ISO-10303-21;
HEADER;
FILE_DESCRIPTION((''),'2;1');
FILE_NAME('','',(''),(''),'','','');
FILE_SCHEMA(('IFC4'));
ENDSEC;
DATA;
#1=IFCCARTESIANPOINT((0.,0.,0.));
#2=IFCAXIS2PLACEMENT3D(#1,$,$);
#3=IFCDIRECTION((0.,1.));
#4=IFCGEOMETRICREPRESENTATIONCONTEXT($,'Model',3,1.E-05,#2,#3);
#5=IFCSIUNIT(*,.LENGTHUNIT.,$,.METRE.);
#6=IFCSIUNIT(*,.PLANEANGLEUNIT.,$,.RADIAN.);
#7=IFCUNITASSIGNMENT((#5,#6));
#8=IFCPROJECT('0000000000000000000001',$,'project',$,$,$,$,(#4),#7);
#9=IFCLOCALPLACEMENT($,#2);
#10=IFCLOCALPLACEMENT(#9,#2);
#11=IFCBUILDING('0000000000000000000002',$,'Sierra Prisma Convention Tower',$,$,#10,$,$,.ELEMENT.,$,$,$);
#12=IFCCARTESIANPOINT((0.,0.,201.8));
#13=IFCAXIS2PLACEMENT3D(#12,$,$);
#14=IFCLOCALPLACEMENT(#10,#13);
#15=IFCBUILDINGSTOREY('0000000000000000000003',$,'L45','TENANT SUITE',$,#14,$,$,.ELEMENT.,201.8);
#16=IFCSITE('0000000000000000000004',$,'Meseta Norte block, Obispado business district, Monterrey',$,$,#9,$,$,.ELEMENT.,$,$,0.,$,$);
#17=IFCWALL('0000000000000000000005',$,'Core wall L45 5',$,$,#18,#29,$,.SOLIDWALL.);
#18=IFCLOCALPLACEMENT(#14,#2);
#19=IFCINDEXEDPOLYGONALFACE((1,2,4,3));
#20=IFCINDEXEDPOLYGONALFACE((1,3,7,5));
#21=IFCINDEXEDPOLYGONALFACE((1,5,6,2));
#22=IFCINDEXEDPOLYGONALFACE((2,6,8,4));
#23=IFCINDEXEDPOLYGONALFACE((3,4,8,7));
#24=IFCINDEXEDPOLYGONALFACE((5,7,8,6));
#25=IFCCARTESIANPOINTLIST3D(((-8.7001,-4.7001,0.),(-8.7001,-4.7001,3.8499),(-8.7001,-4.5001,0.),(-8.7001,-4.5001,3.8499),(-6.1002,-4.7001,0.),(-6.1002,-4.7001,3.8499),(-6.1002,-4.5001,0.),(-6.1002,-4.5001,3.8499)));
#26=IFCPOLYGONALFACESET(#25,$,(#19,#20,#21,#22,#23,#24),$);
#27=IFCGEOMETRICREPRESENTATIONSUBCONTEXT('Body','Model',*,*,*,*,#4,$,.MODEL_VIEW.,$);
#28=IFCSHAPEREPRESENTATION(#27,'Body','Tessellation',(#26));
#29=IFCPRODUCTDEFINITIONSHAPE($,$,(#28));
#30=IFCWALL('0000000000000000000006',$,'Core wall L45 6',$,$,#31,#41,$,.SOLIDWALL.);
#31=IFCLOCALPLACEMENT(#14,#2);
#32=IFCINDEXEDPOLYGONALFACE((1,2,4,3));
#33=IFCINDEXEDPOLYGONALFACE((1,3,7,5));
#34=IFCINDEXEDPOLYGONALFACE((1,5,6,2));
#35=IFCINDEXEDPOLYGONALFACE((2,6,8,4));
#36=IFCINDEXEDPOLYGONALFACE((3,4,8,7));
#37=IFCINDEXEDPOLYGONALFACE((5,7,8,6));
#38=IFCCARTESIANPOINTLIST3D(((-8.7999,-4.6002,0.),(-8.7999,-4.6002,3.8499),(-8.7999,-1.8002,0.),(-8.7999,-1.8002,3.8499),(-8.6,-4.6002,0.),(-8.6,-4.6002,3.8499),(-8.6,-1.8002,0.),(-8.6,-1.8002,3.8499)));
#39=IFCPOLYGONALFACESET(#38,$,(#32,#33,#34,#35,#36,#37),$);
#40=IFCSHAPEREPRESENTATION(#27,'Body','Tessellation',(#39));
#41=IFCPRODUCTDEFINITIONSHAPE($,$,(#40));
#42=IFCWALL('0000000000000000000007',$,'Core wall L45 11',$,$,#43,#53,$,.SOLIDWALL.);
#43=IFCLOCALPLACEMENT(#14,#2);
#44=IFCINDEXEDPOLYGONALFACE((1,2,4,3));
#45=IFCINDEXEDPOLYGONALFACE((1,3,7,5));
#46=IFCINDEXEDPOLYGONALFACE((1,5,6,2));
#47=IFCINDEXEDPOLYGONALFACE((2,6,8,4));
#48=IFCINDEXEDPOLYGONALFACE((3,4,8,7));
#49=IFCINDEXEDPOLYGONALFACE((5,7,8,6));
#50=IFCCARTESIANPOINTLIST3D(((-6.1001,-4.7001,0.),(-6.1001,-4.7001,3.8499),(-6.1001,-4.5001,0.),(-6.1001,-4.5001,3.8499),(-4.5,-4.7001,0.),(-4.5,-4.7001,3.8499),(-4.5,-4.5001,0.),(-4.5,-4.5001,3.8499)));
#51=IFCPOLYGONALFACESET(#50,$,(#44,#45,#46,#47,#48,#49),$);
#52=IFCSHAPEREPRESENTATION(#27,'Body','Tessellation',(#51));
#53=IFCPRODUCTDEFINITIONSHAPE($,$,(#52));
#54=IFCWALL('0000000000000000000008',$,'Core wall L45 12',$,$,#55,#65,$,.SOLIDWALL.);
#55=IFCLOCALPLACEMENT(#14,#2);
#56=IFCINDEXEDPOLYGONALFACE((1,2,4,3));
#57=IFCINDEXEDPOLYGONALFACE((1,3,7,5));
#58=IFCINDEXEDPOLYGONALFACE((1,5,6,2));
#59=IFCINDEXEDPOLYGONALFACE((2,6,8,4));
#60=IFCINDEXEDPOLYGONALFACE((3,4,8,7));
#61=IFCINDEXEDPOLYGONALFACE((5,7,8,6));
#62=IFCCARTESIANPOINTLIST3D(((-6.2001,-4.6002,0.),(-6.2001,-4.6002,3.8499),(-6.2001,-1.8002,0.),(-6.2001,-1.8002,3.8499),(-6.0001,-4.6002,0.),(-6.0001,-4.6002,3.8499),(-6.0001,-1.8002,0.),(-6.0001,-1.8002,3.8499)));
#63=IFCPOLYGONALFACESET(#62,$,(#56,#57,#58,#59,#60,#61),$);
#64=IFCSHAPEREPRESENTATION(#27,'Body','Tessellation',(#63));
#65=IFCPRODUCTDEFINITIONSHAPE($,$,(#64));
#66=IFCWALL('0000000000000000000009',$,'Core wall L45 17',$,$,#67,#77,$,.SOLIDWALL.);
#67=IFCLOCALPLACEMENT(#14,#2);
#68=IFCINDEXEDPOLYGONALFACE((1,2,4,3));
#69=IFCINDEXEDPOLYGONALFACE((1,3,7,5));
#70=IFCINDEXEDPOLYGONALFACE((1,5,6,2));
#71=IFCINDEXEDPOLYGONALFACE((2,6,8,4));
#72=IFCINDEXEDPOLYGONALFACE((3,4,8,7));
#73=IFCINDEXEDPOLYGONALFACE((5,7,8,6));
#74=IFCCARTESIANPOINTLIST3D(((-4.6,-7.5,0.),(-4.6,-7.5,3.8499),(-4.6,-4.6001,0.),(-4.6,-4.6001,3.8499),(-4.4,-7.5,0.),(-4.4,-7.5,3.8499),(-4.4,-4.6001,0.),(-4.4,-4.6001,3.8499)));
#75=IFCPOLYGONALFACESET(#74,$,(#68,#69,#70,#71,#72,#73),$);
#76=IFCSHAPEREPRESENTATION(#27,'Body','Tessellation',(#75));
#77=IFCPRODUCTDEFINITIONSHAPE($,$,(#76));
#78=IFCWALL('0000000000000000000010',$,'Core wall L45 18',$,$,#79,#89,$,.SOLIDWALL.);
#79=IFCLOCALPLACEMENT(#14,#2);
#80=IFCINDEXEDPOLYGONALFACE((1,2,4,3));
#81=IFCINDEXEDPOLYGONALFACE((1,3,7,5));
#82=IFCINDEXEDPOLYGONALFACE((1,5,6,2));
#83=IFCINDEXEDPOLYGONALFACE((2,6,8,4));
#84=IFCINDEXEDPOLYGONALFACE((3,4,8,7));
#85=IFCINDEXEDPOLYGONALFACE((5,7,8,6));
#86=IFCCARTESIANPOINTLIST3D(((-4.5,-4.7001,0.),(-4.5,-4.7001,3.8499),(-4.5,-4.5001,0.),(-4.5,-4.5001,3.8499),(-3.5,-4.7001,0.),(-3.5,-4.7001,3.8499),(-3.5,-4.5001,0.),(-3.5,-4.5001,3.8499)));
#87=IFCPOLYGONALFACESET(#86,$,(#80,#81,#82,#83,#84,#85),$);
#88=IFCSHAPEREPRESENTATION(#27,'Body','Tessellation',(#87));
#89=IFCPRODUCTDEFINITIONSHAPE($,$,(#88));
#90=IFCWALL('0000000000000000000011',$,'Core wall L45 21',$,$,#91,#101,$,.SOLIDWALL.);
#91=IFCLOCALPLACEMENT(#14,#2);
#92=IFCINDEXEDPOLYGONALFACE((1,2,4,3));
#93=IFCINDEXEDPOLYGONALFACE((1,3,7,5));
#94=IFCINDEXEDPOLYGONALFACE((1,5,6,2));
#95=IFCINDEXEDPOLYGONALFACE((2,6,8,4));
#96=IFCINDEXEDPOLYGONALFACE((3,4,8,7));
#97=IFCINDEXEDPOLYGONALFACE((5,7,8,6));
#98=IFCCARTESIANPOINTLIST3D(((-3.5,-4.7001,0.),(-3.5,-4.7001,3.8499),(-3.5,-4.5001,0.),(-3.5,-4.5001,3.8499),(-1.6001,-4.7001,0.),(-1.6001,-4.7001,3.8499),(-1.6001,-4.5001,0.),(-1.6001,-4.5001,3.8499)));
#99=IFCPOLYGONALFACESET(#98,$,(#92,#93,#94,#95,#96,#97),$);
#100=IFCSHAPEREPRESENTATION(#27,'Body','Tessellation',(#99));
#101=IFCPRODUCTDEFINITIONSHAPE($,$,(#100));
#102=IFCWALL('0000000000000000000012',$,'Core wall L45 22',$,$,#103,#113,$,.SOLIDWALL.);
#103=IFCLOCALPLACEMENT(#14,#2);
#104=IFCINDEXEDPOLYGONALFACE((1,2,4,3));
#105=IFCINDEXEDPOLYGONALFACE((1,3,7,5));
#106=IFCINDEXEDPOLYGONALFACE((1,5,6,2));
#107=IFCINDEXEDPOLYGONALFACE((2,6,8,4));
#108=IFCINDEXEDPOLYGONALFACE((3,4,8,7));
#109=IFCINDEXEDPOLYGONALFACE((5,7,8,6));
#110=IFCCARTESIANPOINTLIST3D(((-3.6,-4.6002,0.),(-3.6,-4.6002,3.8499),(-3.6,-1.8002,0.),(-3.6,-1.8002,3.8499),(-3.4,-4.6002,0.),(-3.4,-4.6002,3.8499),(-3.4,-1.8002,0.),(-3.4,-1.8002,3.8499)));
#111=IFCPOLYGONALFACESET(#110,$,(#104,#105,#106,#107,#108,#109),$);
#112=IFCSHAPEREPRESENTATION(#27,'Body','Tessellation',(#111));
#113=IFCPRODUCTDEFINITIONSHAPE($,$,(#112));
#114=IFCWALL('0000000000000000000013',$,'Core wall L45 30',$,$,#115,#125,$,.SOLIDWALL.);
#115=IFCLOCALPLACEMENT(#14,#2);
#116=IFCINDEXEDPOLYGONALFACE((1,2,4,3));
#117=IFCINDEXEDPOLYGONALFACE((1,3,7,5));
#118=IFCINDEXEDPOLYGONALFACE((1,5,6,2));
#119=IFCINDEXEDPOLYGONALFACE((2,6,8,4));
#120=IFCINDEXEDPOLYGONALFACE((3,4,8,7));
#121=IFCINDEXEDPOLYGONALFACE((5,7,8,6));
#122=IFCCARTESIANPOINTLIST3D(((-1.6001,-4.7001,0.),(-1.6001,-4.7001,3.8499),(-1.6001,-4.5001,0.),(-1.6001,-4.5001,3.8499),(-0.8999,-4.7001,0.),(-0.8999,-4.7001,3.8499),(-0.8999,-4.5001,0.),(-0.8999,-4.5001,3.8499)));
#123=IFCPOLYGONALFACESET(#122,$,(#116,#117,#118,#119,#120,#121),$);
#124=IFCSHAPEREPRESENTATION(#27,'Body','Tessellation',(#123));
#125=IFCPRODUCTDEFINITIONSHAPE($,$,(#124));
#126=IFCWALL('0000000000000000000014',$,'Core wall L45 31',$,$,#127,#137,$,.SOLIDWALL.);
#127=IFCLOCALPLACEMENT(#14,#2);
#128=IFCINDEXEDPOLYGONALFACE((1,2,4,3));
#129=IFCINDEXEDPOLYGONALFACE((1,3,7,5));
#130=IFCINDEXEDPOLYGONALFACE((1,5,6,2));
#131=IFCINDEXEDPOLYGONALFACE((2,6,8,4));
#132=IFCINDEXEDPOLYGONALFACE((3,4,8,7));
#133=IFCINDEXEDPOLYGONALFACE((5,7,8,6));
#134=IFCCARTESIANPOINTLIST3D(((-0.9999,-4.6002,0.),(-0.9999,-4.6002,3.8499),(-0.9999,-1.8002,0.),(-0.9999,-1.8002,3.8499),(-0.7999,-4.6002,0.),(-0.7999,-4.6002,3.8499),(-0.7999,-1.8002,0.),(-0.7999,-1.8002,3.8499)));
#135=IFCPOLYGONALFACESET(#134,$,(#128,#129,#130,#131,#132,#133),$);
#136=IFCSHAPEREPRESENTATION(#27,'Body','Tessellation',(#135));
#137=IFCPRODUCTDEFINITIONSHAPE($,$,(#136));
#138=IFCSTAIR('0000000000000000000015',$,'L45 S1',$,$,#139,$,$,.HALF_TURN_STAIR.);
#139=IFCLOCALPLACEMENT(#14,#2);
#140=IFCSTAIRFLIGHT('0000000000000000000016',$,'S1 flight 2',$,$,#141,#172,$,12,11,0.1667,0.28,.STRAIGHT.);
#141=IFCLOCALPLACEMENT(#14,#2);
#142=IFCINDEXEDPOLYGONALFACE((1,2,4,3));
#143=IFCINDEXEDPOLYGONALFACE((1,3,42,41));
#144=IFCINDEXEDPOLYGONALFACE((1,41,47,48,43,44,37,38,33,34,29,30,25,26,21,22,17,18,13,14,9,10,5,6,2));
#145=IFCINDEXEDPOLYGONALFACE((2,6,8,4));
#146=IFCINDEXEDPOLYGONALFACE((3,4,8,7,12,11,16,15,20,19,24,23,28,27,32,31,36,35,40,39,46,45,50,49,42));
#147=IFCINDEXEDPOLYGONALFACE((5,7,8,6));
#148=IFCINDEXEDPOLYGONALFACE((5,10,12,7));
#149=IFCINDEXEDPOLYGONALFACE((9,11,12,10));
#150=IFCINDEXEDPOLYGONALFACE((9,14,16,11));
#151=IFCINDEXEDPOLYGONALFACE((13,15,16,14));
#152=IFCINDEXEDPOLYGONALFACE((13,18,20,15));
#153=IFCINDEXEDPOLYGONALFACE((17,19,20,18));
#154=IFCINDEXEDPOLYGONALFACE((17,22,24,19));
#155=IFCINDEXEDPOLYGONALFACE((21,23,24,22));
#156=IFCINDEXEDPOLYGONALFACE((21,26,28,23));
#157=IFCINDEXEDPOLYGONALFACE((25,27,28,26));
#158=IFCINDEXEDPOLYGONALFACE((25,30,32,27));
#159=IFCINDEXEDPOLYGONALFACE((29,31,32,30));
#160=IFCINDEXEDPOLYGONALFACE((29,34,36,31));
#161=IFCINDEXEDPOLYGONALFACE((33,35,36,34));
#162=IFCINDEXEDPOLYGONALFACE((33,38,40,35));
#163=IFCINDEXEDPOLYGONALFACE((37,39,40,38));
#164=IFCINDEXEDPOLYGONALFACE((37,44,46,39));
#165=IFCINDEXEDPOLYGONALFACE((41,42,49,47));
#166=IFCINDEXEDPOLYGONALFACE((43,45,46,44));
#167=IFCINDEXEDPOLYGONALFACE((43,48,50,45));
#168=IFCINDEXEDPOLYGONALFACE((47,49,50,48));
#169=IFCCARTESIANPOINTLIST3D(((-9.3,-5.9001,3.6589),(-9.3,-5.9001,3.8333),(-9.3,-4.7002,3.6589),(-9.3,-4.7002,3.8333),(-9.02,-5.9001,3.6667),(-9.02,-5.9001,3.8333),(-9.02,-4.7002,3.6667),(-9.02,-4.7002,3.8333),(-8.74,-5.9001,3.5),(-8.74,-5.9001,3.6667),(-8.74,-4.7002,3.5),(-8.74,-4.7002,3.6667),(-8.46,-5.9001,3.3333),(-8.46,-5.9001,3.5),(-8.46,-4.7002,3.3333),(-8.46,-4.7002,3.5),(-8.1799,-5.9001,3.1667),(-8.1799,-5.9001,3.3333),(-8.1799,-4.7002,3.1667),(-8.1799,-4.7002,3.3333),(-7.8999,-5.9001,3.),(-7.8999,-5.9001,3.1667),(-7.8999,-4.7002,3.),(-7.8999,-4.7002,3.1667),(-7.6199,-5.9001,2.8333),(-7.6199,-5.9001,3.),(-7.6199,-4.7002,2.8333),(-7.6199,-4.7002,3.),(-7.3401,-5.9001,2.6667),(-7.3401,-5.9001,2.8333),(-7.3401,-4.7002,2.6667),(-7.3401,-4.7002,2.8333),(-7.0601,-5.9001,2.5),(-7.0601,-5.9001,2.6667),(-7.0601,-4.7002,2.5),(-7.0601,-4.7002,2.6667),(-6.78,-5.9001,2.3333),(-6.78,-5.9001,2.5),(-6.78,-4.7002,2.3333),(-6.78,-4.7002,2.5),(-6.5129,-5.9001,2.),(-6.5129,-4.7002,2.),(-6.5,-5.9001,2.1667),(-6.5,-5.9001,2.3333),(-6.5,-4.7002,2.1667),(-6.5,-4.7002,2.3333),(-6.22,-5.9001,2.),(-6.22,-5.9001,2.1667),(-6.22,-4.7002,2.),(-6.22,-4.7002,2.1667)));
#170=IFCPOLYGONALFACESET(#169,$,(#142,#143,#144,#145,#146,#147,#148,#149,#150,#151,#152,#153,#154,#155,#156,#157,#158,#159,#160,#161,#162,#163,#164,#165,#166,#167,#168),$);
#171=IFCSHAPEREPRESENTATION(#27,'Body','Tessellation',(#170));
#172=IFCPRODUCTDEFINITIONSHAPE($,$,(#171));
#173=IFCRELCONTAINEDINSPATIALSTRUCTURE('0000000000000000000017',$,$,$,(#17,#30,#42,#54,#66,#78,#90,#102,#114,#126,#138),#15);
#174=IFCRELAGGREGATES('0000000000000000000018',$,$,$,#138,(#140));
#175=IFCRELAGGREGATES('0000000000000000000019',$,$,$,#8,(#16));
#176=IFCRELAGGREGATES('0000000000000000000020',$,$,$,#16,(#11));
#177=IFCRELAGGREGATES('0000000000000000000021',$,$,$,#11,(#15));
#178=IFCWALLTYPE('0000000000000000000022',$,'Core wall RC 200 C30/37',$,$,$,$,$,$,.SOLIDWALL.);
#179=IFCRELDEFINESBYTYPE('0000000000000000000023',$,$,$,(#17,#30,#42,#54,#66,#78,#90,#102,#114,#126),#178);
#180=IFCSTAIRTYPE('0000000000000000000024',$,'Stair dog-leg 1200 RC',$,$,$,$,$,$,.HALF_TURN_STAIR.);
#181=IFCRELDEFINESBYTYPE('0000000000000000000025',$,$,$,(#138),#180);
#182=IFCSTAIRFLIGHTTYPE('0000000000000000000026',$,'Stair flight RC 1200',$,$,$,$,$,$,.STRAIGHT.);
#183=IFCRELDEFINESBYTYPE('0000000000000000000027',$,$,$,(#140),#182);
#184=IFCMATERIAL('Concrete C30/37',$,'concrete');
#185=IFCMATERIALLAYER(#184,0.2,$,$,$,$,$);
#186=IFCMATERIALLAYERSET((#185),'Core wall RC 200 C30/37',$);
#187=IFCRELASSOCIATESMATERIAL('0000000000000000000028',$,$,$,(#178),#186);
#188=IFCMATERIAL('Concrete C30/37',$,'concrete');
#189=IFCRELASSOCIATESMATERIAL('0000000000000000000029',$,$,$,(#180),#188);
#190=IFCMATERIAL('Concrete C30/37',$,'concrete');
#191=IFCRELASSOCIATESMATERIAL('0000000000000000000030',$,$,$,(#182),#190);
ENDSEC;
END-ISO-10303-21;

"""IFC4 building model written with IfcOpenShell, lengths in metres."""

from ifc_helpers import new_model, si_unit, direction, frame, frame_2d, origin, place, context, subcontext, project, spatial, polyline, rectangle, outline, extrude, material, layer, layer_set, type_object, element, aggregate, save


model = new_model("IFC4")

# Units and contexts
model_context = context("Model", 3, precision=1e-05, world=origin(), true_north=direction((0.0, 1.0)))
body_context = subcontext(model_context, "Body", "Model", "MODEL_VIEW")
ifc_project = project(units=[si_unit("LENGTHUNIT", "METRE"), si_unit("PLANEANGLEUNIT", "RADIAN")], contexts=[model_context])

# Site, building, storey
site_placement = place(None, origin())
site = spatial("IfcSite", under=ifc_project, at=site_placement, Name="Meseta Norte block, Obispado business district, Monterrey", CompositionType="ELEMENT", RefElevation=0.0)
building_placement = place(site_placement, origin())
building = spatial("IfcBuilding", under=site, at=building_placement, Name="Sierra Prisma Convention Tower", CompositionType="ELEMENT")
storey_placement = place(building_placement, frame((0.0, 0.0, 201.8)))
storey = spatial("IfcBuildingStorey", under=building, at=storey_placement, Name="L45", Description="TENANT SUITE", CompositionType="ELEMENT", Elevation=201.8)

# Shared definitions
ifc_material_1 = material(Name="Concrete C30/37", Category="concrete")
ifc_layer = layer(ifc_material_1, 0.2)
ifc_layer_set = layer_set([ifc_layer], Name="Core wall RC 200 C30/37")
wall_type = type_object("IfcWallType", Name="Core wall RC 200 C30/37", PredefinedType="SOLIDWALL", material=ifc_layer_set)

# Walls
wall_1_placement = place(storey_placement, frame((-8.7, -4.6001, 0.0), z_axis=(0.0, 0.0, 1.0), x_axis=(1.0, 0.0, 0.0)))
element("IfcWall", 1, at=wall_1_placement, inside=storey, type_object=wall_type, Name="Core wall L45 5", PredefinedType="SOLIDWALL", context=body_context, shape_type="SweptSolid", body=[
    extrude(rectangle(XDim=2.5999, YDim=0.2, at=frame_2d((1.2998, 0.0))), origin(), (0.0, 0.0, 1.0), 3.8499),
])
wall_2_placement = place(storey_placement, frame((-8.7, -4.6001, 0.0), z_axis=(0.0, 0.0, 1.0), x_axis=(0.0, 1.0, 0.0)))
element("IfcWall", 2, at=wall_2_placement, inside=storey, type_object=wall_type, Name="Core wall L45 6", PredefinedType="SOLIDWALL", context=body_context, shape_type="SweptSolid", body=[
    extrude(rectangle(XDim=2.8, YDim=0.2, at=frame_2d((1.3999, 0.0))), origin(), (0.0, 0.0, 1.0), 3.8499),
])

# Walls
wall_3_placement = place(storey_placement, frame((-6.1001, -4.6001, 0.0), z_axis=(0.0, 0.0, 1.0), x_axis=(1.0, 0.0, 0.0)))
element("IfcWall", 3, at=wall_3_placement, inside=storey, type_object=wall_type, Name="Core wall L45 11", PredefinedType="SOLIDWALL", context=body_context, shape_type="SweptSolid", body=[
    extrude(rectangle(XDim=1.6001, YDim=0.2, at=frame_2d((0.8, 0.0))), origin(), (0.0, 0.0, 1.0), 3.8499),
])
wall_4_placement = place(storey_placement, frame((-6.1001, -4.6001, 0.0), z_axis=(0.0, 0.0, 1.0), x_axis=(0.0, 1.0, 0.0)))
element("IfcWall", 4, at=wall_4_placement, inside=storey, type_object=wall_type, Name="Core wall L45 12", PredefinedType="SOLIDWALL", context=body_context, shape_type="SweptSolid", body=[
    extrude(rectangle(XDim=2.8, YDim=0.2, at=frame_2d((1.3999, 0.0))), origin(), (0.0, 0.0, 1.0), 3.8499),
])

# Walls
wall_5_placement = place(storey_placement, frame((-4.5, -4.6001, 0.0), z_axis=(0.0, 0.0, 1.0), x_axis=(0.0, -1.0, 0.0)))
element("IfcWall", 5, at=wall_5_placement, inside=storey, type_object=wall_type, Name="Core wall L45 17", PredefinedType="SOLIDWALL", context=body_context, shape_type="SweptSolid", body=[
    extrude(rectangle(XDim=2.8999, YDim=0.2, at=frame_2d((1.45, 0.0))), origin(), (0.0, 0.0, 1.0), 3.8499),
])
wall_6_placement = place(storey_placement, frame((-4.5, -4.6001, 0.0), z_axis=(0.0, 0.0, 1.0), x_axis=(1.0, 0.0, 0.0)))
element("IfcWall", 6, at=wall_6_placement, inside=storey, type_object=wall_type, Name="Core wall L45 18", PredefinedType="SOLIDWALL", context=body_context, shape_type="SweptSolid", body=[
    extrude(rectangle(XDim=1.0, YDim=0.2, at=frame_2d((0.5, 0.0))), origin(), (0.0, 0.0, 1.0), 3.8499),
])
wall_7_placement = place(storey_placement, frame((-3.5, -4.6001, 0.0), z_axis=(0.0, 0.0, 1.0), x_axis=(1.0, 0.0, 0.0)))
element("IfcWall", 7, at=wall_7_placement, inside=storey, type_object=wall_type, Name="Core wall L45 21", PredefinedType="SOLIDWALL", context=body_context, shape_type="SweptSolid", body=[
    extrude(rectangle(XDim=1.8999, YDim=0.2, at=frame_2d((0.95, 0.0))), origin(), (0.0, 0.0, 1.0), 3.8499),
])
wall_8_placement = place(storey_placement, frame((-3.5, -4.6001, 0.0), z_axis=(0.0, 0.0, 1.0), x_axis=(0.0, 1.0, 0.0)))
element("IfcWall", 8, at=wall_8_placement, inside=storey, type_object=wall_type, Name="Core wall L45 22", PredefinedType="SOLIDWALL", context=body_context, shape_type="SweptSolid", body=[
    extrude(rectangle(XDim=2.8, YDim=0.2, at=frame_2d((1.3999, 0.0))), origin(), (0.0, 0.0, 1.0), 3.8499),
])

# Walls
wall_9_placement = place(storey_placement, frame((-1.6001, -4.6001, 0.0), z_axis=(0.0, 0.0, 1.0), x_axis=(1.0, 0.0, 0.0)))
element("IfcWall", 9, at=wall_9_placement, inside=storey, type_object=wall_type, Name="Core wall L45 30", PredefinedType="SOLIDWALL", context=body_context, shape_type="SweptSolid", body=[
    extrude(rectangle(XDim=0.7002, YDim=0.2, at=frame_2d((0.3501, 0.0))), origin(), (0.0, 0.0, 1.0), 3.8499),
])
wall_10_placement = place(storey_placement, frame((-0.8999, -4.6001, 0.0), z_axis=(0.0, 0.0, 1.0), x_axis=(0.0, 1.0, 0.0)))
element("IfcWall", 10, at=wall_10_placement, inside=storey, type_object=wall_type, Name="Core wall L45 31", PredefinedType="SOLIDWALL", context=body_context, shape_type="SweptSolid", body=[
    extrude(rectangle(XDim=2.8, YDim=0.2, at=frame_2d((1.3999, 0.0))), origin(), (0.0, 0.0, 1.0), 3.8499),
])

# Stair, stair flight
ifc_material_2 = material(Name="Concrete C30/37", Category="concrete")
stair_type = type_object("IfcStairType", Name="Stair dog-leg 1200 RC", PredefinedType="HALF_TURN_STAIR", material=ifc_material_2)
stair_placement = place(storey_placement, origin())
stair = element("IfcStair", 11, at=stair_placement, inside=storey, type_object=stair_type, Name="L45 S1", PredefinedType="HALF_TURN_STAIR")
ifc_material_3 = material(Name="Concrete C30/37", Category="concrete")
stair_flight_type = type_object("IfcStairFlightType", Name="Stair flight RC 1200", PredefinedType="STRAIGHT", material=ifc_material_3)
stair_flight_placement = place(storey_placement, frame((-6.22, -5.3, 2.0), z_axis=(0.0, 0.0, 1.0), x_axis=(-1.0, 0.0, 0.0)))
stair_flight = element("IfcStairFlight", 12, at=stair_flight_placement, type_object=stair_flight_type, Name="S1 flight 2", NumberOfRisers=12, NumberOfTreads=11, PredefinedType="STRAIGHT", RiserHeight=0.1667, TreadLength=0.28, context=body_context, shape_type="SweptSolid", body=[
    extrude(outline(polyline([(0.0, 0.0), (0.0, 0.1667), (0.28, 0.1667), (0.28, 0.3333), (0.5601, 0.3333), (0.5601, 0.5), (0.8401, 0.5), (0.8401, 0.6667), (1.1201, 0.6667), (1.1201, 0.8333), (1.3999, 0.8333), (1.3999, 1.0), (1.6799, 1.0), (1.6799, 1.1667), (1.96, 1.1667), (1.96, 1.3333), (2.24, 1.3333), (2.24, 1.5), (2.52, 1.5), (2.52, 1.6667), (2.8, 1.6667), (2.8, 1.8333), (3.0801, 1.8333), (3.0801, 2.0), (3.0801, 1.6589), (0.293, 0.0), (0.0, 0.0)])), frame((0.0, 0.6001, 0.0), z_axis=(0.0, -1.0, 0.0), x_axis=(1.0, 0.0, 0.0)), (0.0, 0.0, 1.0), 1.2),
])
aggregate(stair, [stair_flight])

save(model, "model.ifc")
